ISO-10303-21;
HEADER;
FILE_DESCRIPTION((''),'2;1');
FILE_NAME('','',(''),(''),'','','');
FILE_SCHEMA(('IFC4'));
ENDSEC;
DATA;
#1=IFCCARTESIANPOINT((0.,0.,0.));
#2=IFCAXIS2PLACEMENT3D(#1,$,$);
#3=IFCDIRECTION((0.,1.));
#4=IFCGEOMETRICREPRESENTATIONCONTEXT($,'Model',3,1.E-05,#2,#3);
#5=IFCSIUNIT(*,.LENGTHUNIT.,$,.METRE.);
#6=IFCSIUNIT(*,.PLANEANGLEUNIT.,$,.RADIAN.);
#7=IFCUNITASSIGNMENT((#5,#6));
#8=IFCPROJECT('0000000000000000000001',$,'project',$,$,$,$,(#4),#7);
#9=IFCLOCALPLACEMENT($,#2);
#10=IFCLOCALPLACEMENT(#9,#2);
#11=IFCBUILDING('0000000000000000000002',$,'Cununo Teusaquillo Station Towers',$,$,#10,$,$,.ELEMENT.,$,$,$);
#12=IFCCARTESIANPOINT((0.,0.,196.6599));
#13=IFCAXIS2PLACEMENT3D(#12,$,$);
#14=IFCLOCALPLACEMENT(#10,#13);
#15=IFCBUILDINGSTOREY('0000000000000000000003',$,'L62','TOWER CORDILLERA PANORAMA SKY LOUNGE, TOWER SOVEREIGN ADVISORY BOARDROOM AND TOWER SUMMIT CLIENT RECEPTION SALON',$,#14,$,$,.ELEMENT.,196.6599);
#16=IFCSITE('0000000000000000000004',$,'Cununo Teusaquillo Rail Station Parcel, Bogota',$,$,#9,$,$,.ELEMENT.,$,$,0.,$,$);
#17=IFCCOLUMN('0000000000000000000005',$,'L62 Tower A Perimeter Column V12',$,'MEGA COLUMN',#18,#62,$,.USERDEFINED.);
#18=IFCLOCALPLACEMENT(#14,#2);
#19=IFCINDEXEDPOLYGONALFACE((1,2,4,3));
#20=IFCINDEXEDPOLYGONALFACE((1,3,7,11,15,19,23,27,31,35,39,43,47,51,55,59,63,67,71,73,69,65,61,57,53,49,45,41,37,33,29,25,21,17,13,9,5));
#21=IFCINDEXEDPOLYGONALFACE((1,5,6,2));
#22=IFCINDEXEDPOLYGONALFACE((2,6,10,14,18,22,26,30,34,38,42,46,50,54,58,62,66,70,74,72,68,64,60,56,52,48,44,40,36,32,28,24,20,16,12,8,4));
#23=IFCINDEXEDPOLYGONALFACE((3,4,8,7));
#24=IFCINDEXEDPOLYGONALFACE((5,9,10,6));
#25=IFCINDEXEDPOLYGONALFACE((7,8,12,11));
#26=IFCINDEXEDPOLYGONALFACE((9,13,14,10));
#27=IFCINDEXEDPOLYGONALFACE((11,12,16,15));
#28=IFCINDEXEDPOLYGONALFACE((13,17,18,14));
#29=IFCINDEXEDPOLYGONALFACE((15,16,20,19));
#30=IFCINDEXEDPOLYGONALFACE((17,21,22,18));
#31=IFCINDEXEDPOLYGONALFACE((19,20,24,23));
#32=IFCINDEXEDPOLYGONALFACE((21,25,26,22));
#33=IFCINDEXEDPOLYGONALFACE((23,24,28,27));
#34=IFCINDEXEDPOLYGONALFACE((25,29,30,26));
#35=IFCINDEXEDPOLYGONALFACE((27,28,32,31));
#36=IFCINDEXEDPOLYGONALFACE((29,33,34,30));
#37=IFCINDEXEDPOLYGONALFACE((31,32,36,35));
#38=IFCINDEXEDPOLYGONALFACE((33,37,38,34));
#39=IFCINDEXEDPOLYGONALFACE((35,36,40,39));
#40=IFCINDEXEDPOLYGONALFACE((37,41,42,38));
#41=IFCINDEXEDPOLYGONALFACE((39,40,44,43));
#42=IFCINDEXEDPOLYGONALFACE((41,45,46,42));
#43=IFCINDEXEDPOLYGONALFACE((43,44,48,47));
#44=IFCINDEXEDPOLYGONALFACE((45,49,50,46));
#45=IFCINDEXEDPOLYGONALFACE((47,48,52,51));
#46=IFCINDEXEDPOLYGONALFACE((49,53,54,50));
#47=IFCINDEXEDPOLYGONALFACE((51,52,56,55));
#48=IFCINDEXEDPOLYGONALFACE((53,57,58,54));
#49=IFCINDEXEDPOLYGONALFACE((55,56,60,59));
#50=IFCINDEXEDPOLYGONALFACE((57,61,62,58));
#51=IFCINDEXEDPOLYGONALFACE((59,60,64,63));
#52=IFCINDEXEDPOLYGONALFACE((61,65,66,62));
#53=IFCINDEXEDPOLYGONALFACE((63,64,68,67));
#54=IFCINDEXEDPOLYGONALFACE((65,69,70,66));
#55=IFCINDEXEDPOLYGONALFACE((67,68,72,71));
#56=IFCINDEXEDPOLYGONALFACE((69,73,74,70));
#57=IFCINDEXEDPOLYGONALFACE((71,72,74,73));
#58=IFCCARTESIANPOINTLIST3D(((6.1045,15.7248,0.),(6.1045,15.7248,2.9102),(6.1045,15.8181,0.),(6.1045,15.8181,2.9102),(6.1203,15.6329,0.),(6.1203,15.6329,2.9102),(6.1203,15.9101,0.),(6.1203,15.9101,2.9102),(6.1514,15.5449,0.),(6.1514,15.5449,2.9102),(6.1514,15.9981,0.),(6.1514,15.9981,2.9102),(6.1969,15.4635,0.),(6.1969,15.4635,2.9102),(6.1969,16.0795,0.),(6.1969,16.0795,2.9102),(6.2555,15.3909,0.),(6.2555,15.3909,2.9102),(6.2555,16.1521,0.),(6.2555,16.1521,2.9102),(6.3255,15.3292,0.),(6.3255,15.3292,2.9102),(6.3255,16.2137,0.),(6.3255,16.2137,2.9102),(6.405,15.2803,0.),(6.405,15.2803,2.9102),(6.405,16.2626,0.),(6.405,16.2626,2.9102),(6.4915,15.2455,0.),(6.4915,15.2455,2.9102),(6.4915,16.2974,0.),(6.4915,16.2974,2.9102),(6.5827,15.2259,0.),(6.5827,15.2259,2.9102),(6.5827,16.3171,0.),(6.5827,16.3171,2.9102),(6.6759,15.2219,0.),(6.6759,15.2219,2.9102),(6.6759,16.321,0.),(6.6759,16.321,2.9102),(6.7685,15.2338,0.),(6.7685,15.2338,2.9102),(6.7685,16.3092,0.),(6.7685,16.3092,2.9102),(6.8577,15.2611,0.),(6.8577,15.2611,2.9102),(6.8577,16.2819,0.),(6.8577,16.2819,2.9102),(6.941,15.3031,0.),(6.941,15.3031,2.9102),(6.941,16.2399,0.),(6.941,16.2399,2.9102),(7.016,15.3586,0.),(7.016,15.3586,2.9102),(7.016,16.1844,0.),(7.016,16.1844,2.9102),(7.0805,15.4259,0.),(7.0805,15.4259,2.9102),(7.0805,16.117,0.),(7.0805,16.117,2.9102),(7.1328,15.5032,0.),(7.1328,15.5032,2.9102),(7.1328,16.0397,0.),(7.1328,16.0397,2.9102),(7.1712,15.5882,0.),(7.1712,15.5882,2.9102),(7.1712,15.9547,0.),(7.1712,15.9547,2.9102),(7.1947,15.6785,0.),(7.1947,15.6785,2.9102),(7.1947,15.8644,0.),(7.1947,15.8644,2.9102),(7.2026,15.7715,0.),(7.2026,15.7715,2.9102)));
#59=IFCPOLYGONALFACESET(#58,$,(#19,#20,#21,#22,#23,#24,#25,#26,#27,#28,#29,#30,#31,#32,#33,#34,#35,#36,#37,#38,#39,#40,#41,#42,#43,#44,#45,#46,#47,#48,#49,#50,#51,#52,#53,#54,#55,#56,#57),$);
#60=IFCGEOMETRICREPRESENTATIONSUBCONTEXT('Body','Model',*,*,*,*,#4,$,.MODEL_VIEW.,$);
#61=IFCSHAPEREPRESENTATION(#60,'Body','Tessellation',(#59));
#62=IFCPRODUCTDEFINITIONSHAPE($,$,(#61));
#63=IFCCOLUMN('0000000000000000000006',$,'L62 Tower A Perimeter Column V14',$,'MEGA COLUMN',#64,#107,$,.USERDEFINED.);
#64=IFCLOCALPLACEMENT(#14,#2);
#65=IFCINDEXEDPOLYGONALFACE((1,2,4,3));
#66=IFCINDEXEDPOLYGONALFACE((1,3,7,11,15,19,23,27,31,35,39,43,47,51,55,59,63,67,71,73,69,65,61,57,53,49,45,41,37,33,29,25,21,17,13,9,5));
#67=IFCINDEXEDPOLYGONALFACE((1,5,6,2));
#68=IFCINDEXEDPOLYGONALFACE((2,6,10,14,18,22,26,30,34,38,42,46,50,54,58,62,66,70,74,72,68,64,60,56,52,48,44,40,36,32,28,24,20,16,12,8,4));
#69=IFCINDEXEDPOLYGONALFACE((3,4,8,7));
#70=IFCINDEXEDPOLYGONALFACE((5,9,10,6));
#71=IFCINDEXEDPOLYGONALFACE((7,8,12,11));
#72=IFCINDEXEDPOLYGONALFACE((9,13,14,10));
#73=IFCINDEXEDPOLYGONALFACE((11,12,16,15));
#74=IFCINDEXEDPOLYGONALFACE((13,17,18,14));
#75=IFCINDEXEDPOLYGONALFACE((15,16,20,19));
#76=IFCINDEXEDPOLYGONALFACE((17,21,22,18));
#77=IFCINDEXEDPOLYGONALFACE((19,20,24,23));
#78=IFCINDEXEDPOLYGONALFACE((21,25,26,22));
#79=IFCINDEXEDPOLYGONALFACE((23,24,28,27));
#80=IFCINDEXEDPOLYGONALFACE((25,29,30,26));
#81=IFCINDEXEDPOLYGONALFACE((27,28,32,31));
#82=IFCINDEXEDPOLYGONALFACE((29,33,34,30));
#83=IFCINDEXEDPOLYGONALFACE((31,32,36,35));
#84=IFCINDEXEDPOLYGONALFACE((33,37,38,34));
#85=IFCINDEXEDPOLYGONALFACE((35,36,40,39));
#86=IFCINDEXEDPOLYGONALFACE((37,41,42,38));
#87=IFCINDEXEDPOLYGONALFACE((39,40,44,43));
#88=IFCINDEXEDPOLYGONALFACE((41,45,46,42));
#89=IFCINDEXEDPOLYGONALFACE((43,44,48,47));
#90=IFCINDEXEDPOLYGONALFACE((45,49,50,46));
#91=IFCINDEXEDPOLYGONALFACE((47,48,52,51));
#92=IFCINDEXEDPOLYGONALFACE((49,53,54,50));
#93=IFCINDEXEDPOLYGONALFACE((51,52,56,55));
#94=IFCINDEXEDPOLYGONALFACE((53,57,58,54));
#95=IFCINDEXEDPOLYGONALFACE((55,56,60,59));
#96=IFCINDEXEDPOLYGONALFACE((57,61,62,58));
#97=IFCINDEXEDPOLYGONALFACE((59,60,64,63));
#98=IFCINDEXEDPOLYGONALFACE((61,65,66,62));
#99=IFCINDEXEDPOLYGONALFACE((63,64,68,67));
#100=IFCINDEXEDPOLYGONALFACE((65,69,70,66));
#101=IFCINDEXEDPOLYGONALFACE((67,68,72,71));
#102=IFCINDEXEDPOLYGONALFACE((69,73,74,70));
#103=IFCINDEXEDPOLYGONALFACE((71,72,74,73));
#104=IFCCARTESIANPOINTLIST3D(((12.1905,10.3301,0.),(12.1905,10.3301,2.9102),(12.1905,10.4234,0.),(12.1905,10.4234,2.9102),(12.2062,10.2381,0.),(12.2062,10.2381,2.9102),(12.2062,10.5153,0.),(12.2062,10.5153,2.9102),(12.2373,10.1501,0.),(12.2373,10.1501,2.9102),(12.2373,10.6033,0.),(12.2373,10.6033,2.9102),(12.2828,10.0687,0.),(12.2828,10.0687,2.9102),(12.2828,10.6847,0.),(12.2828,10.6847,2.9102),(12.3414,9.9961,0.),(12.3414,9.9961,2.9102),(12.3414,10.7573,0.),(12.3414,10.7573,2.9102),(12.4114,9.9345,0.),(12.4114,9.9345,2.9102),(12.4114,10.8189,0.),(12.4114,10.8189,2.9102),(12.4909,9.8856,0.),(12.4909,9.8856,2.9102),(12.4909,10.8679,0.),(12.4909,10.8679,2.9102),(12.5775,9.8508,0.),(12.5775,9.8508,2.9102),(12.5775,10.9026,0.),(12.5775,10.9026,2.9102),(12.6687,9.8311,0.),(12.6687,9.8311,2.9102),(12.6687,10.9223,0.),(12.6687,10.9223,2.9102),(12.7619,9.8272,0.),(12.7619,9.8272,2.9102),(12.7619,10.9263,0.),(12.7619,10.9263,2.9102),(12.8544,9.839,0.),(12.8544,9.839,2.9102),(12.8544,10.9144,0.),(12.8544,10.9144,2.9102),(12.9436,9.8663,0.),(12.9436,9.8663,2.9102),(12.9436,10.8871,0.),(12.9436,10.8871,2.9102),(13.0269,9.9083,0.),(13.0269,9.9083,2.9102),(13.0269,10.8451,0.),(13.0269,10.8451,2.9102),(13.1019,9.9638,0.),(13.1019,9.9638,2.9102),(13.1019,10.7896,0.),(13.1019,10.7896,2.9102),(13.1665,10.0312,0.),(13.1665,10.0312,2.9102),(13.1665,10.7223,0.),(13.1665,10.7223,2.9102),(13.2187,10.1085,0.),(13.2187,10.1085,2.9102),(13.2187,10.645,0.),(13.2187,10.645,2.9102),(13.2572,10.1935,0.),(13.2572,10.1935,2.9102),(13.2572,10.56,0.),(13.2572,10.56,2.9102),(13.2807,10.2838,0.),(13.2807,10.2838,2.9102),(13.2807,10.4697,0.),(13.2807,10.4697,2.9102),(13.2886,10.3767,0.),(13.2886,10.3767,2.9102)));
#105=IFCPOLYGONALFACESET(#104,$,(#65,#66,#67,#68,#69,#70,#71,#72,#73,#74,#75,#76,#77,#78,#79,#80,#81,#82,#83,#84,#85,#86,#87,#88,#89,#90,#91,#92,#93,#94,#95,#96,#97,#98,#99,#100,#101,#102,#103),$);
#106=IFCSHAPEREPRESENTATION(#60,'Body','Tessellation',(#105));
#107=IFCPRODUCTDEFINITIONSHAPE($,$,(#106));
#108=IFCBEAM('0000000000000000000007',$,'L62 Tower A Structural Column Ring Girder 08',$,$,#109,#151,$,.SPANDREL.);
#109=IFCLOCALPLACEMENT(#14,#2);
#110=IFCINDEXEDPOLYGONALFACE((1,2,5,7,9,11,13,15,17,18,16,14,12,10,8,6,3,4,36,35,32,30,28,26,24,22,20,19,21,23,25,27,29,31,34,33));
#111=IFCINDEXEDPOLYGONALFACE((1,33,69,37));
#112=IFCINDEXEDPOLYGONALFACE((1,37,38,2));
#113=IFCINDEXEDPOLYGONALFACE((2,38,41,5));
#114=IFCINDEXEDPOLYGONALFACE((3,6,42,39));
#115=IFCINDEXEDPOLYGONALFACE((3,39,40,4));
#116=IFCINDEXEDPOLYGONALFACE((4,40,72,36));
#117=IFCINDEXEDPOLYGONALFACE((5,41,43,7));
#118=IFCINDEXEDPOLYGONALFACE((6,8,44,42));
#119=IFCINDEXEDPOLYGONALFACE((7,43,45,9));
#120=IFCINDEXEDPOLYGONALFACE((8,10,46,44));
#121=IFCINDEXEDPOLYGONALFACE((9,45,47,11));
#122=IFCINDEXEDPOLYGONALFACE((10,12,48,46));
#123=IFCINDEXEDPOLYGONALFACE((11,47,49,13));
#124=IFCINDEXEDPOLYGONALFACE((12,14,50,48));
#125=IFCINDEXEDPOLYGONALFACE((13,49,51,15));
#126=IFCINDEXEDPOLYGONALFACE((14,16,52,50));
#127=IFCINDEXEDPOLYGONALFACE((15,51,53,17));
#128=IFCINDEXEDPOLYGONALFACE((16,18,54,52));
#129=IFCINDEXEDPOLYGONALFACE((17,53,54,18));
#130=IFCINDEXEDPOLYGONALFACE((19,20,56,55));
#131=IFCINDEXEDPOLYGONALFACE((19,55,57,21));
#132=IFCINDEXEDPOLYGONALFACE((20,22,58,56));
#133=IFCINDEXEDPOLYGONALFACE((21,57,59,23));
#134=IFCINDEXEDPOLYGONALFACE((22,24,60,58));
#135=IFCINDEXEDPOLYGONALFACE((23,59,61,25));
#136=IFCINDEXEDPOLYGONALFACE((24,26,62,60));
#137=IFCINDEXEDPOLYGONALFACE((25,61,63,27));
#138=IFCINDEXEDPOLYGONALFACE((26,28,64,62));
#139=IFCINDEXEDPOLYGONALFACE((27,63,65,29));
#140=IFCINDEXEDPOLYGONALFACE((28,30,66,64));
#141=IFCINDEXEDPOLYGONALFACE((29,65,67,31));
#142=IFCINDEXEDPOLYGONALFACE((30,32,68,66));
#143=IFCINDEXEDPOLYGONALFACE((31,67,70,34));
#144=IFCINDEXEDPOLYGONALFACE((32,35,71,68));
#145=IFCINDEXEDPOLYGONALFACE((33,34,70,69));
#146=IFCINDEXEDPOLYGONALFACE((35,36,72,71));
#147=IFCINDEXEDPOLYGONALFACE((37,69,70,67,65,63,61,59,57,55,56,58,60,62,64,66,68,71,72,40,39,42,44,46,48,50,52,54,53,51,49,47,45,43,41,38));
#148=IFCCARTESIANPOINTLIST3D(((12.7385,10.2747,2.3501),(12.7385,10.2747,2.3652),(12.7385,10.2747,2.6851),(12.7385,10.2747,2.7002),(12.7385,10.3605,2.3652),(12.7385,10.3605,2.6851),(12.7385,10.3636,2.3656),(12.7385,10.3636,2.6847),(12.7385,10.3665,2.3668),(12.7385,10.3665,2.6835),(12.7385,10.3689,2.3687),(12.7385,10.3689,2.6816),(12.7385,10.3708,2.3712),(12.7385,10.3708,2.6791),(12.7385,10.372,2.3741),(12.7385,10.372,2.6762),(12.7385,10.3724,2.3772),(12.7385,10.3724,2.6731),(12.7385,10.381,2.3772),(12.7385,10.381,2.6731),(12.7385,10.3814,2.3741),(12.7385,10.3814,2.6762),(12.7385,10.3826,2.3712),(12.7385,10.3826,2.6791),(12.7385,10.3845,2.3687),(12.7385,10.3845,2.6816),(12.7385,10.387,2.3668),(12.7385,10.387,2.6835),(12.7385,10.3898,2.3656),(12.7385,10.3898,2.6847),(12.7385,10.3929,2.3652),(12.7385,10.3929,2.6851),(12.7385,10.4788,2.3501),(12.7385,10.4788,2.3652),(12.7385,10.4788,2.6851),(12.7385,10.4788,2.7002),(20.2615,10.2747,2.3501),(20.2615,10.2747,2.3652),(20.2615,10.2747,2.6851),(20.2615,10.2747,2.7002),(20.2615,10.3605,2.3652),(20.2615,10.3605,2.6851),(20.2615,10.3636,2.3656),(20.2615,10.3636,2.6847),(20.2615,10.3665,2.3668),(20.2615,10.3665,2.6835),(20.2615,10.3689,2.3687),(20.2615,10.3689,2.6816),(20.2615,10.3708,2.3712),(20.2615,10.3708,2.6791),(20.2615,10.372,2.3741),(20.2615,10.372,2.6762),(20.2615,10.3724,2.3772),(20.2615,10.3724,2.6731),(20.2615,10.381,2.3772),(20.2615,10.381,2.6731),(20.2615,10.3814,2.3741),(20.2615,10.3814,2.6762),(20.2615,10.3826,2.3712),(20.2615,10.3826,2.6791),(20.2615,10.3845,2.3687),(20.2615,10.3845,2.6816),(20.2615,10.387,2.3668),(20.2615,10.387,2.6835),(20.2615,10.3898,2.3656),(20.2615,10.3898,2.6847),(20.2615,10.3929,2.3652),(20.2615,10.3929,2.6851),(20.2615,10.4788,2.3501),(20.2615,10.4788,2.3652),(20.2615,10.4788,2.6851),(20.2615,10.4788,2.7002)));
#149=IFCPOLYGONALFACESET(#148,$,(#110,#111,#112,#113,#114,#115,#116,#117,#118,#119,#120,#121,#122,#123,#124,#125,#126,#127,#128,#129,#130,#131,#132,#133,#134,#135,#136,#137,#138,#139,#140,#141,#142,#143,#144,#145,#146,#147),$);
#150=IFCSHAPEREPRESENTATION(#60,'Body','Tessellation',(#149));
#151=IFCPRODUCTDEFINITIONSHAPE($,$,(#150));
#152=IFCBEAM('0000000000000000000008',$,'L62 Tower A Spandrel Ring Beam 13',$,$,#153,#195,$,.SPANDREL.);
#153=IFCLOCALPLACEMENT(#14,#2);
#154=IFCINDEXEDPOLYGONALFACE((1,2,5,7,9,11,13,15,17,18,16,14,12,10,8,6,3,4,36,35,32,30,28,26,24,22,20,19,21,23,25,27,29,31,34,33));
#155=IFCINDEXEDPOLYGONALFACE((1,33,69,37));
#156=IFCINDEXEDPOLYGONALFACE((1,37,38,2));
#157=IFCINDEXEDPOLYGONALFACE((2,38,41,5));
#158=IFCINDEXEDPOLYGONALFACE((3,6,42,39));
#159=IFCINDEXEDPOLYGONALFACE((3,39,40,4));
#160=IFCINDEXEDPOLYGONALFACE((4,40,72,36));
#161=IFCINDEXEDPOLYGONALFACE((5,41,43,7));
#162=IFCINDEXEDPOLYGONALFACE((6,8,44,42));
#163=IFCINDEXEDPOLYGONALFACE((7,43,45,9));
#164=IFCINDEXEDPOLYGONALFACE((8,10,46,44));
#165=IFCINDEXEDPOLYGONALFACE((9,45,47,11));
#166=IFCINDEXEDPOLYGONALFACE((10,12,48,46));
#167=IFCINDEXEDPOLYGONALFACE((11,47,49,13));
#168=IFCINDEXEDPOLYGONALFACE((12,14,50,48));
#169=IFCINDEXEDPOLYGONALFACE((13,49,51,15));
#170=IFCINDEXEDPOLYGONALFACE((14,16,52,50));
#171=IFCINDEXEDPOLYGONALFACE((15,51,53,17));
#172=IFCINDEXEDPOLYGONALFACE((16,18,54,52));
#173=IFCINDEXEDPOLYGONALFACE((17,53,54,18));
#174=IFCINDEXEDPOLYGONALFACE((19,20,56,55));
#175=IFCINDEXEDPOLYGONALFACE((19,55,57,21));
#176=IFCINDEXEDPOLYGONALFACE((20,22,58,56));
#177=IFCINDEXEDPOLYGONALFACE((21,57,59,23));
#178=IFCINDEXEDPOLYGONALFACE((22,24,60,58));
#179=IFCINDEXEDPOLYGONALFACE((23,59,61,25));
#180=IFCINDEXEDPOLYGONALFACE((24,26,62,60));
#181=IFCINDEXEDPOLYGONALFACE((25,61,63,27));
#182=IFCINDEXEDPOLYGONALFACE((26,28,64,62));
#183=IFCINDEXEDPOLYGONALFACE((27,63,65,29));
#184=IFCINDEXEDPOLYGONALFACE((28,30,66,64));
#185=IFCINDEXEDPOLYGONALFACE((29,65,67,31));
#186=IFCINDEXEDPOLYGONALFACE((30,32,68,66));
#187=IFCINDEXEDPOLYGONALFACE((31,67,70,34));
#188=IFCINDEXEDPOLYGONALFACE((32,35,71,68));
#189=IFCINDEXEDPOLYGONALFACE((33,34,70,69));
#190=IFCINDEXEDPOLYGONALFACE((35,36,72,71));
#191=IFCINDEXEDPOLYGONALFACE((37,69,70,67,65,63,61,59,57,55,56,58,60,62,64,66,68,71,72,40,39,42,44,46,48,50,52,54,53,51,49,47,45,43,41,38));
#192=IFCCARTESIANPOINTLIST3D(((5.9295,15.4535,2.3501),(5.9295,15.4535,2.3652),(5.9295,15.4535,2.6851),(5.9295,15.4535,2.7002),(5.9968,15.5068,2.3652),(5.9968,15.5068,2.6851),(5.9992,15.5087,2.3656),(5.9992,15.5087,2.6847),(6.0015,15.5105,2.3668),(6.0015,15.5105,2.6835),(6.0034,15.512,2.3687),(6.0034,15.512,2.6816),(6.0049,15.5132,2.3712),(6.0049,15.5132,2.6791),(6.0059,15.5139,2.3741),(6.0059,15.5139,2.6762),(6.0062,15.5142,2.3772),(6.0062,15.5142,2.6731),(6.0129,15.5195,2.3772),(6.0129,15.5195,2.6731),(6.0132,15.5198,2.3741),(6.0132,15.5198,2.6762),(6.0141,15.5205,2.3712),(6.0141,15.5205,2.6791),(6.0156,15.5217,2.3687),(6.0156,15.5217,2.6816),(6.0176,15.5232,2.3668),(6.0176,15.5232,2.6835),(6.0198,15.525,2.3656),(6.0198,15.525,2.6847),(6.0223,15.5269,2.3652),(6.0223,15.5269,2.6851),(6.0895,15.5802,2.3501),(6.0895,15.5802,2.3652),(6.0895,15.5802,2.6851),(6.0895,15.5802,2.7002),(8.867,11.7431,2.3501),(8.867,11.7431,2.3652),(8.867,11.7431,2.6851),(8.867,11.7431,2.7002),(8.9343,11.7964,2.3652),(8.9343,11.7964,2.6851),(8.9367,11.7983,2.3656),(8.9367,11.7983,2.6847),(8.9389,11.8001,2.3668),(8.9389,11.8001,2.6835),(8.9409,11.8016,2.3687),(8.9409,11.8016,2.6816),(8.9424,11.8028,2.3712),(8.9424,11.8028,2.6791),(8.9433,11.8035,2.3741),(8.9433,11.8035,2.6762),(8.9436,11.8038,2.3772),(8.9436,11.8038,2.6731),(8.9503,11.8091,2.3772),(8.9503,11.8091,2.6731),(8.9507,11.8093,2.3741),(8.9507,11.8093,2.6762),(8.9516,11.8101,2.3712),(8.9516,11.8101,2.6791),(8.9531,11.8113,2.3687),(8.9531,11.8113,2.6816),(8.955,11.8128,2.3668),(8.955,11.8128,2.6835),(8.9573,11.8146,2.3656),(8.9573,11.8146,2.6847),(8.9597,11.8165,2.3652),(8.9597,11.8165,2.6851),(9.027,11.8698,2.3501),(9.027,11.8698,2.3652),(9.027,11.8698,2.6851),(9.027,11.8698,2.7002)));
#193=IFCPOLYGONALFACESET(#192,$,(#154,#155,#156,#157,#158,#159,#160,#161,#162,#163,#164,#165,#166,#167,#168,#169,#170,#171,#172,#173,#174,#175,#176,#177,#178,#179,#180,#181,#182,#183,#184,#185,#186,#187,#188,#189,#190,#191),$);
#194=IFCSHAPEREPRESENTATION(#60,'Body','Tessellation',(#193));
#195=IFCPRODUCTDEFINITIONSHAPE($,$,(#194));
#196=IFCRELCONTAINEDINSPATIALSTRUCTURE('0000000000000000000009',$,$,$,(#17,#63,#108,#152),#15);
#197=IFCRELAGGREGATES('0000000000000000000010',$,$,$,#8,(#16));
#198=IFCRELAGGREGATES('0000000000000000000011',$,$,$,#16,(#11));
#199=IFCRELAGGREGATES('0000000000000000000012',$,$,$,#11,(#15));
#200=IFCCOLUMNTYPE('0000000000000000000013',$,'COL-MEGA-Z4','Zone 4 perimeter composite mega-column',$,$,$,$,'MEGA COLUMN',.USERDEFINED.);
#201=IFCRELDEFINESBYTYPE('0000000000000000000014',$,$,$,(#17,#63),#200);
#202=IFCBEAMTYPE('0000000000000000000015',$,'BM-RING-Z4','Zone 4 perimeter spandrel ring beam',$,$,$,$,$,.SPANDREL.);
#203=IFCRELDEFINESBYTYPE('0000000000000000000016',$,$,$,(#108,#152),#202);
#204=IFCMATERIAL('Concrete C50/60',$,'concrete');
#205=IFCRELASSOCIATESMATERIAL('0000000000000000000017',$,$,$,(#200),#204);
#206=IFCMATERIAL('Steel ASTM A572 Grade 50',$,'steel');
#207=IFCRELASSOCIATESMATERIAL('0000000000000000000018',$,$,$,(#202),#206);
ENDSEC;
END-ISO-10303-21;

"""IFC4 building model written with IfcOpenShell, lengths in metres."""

from ifc_helpers import new_model, si_unit, direction, frame, origin, origin_2d, place, context, subcontext, project, spatial, circle, i_section, extrude, material, material_profile, profile_set, type_object, element, save


model = new_model("IFC4")

# Units and contexts
model_context = context("Model", 3, precision=1e-05, world=origin(), true_north=direction((0.0, 1.0)))
body_context = subcontext(model_context, "Body", "Model", "MODEL_VIEW")
ifc_project = project(units=[si_unit("LENGTHUNIT", "METRE"), si_unit("PLANEANGLEUNIT", "RADIAN")], contexts=[model_context])

# Site, building, storey
site_placement = place(None, origin())
site = spatial("IfcSite", under=ifc_project, at=site_placement, Name="Cununo Teusaquillo Rail Station Parcel, Bogota", CompositionType="ELEMENT", RefElevation=0.0)
building_placement = place(site_placement, origin())
building = spatial("IfcBuilding", under=site, at=building_placement, Name="Cununo Teusaquillo Station Towers", CompositionType="ELEMENT")
storey_placement = place(building_placement, frame((0.0, 0.0, 196.6599)))
storey = spatial("IfcBuildingStorey", under=building, at=storey_placement, Name="L62", Description="TOWER CORDILLERA PANORAMA SKY LOUNGE, TOWER SOVEREIGN ADVISORY BOARDROOM AND TOWER SUMMIT CLIENT RECEPTION SALON", CompositionType="ELEMENT", Elevation=196.6599)

# Columns
ifc_material_1 = material(Name="Concrete C50/60", Category="concrete")
ifc_material_profile_1 = material_profile(ifc_material_1, circle(Radius=0.55, at=origin_2d()), Name="RC-CIRC-1100")
ifc_profile_set_1 = profile_set([ifc_material_profile_1], Name="Concrete C50/60")
column_type = type_object("IfcColumnType", Name="COL-MEGA-Z4", Description="Zone 4 perimeter composite mega-column", ElementType="MEGA COLUMN", PredefinedType="USERDEFINED", material=ifc_profile_set_1)
for number, where, z_axis, x_axis, name in (
    (1, (6.6526, 15.7715, 0.0), (0.0, 0.0, 1.0), (1.0, 0.0, 0.0), "L62 Tower A Perimeter Column V12"),
    (2, (12.7385, 10.3767, 0.0), (0.0, 0.0, 1.0), (1.0, 0.0, 0.0), "L62 Tower A Perimeter Column V14"),
):
    element("IfcColumn", number, at=place(storey_placement, frame(where, z_axis=z_axis, x_axis=x_axis)), inside=storey, type_object=column_type, Name=name, ObjectType="MEGA COLUMN", PredefinedType="USERDEFINED", context=body_context, shape_type="SweptSolid", body=[
        extrude(circle(Radius=0.55, at=origin_2d()), origin(), (0.0, 0.0, 1.0), 2.9102),
    ])

# Beams
ifc_material_2 = material(Name="Steel ASTM A572 Grade 50", Category="steel")
ifc_material_profile_2 = material_profile(ifc_material_2, i_section(OverallWidth=0.2041, OverallDepth=0.3501, WebThickness=0.0085, FlangeThickness=0.0151, FilletRadius=0.012, at=origin_2d()), Name="W14X48")
ifc_profile_set_2 = profile_set([ifc_material_profile_2], Name="Steel ASTM A572 Grade 50")
beam_type = type_object("IfcBeamType", Name="BM-RING-Z4", Description="Zone 4 perimeter spandrel ring beam", PredefinedType="SPANDREL", material=ifc_profile_set_2)
beam_1_placement = place(storey_placement, frame((12.7385, 10.3767, 2.5251), z_axis=(1.0, 0.0, 0.0), x_axis=(0.0, 1.0, 0.0)))
element("IfcBeam", 3, at=beam_1_placement, inside=storey, type_object=beam_type, Name="L62 Tower A Structural Column Ring Girder 08", PredefinedType="SPANDREL", context=body_context, shape_type="SweptSolid", body=[
    extrude(i_section(OverallWidth=0.2041, OverallDepth=0.3501, WebThickness=0.0085, FlangeThickness=0.0151, FilletRadius=0.012, at=origin_2d()), origin(), (0.0, 0.0, 1.0), 7.5229),
])
beam_2_placement = place(storey_placement, frame((6.0095, 15.5168, 2.5251), z_axis=(0.620711, -0.78404, 0.0), x_axis=(0.78404, 0.620711, 0.0)))
element("IfcBeam", 4, at=beam_2_placement, inside=storey, type_object=beam_type, Name="L62 Tower A Spandrel Ring Beam 13", PredefinedType="SPANDREL", context=body_context, shape_type="SweptSolid", body=[
    extrude(i_section(OverallWidth=0.2041, OverallDepth=0.3501, WebThickness=0.0085, FlangeThickness=0.0151, FilletRadius=0.012, at=origin_2d()), origin(), (0.0, 0.0, 1.0), 4.7324),
])

save(model, "model.ifc")
